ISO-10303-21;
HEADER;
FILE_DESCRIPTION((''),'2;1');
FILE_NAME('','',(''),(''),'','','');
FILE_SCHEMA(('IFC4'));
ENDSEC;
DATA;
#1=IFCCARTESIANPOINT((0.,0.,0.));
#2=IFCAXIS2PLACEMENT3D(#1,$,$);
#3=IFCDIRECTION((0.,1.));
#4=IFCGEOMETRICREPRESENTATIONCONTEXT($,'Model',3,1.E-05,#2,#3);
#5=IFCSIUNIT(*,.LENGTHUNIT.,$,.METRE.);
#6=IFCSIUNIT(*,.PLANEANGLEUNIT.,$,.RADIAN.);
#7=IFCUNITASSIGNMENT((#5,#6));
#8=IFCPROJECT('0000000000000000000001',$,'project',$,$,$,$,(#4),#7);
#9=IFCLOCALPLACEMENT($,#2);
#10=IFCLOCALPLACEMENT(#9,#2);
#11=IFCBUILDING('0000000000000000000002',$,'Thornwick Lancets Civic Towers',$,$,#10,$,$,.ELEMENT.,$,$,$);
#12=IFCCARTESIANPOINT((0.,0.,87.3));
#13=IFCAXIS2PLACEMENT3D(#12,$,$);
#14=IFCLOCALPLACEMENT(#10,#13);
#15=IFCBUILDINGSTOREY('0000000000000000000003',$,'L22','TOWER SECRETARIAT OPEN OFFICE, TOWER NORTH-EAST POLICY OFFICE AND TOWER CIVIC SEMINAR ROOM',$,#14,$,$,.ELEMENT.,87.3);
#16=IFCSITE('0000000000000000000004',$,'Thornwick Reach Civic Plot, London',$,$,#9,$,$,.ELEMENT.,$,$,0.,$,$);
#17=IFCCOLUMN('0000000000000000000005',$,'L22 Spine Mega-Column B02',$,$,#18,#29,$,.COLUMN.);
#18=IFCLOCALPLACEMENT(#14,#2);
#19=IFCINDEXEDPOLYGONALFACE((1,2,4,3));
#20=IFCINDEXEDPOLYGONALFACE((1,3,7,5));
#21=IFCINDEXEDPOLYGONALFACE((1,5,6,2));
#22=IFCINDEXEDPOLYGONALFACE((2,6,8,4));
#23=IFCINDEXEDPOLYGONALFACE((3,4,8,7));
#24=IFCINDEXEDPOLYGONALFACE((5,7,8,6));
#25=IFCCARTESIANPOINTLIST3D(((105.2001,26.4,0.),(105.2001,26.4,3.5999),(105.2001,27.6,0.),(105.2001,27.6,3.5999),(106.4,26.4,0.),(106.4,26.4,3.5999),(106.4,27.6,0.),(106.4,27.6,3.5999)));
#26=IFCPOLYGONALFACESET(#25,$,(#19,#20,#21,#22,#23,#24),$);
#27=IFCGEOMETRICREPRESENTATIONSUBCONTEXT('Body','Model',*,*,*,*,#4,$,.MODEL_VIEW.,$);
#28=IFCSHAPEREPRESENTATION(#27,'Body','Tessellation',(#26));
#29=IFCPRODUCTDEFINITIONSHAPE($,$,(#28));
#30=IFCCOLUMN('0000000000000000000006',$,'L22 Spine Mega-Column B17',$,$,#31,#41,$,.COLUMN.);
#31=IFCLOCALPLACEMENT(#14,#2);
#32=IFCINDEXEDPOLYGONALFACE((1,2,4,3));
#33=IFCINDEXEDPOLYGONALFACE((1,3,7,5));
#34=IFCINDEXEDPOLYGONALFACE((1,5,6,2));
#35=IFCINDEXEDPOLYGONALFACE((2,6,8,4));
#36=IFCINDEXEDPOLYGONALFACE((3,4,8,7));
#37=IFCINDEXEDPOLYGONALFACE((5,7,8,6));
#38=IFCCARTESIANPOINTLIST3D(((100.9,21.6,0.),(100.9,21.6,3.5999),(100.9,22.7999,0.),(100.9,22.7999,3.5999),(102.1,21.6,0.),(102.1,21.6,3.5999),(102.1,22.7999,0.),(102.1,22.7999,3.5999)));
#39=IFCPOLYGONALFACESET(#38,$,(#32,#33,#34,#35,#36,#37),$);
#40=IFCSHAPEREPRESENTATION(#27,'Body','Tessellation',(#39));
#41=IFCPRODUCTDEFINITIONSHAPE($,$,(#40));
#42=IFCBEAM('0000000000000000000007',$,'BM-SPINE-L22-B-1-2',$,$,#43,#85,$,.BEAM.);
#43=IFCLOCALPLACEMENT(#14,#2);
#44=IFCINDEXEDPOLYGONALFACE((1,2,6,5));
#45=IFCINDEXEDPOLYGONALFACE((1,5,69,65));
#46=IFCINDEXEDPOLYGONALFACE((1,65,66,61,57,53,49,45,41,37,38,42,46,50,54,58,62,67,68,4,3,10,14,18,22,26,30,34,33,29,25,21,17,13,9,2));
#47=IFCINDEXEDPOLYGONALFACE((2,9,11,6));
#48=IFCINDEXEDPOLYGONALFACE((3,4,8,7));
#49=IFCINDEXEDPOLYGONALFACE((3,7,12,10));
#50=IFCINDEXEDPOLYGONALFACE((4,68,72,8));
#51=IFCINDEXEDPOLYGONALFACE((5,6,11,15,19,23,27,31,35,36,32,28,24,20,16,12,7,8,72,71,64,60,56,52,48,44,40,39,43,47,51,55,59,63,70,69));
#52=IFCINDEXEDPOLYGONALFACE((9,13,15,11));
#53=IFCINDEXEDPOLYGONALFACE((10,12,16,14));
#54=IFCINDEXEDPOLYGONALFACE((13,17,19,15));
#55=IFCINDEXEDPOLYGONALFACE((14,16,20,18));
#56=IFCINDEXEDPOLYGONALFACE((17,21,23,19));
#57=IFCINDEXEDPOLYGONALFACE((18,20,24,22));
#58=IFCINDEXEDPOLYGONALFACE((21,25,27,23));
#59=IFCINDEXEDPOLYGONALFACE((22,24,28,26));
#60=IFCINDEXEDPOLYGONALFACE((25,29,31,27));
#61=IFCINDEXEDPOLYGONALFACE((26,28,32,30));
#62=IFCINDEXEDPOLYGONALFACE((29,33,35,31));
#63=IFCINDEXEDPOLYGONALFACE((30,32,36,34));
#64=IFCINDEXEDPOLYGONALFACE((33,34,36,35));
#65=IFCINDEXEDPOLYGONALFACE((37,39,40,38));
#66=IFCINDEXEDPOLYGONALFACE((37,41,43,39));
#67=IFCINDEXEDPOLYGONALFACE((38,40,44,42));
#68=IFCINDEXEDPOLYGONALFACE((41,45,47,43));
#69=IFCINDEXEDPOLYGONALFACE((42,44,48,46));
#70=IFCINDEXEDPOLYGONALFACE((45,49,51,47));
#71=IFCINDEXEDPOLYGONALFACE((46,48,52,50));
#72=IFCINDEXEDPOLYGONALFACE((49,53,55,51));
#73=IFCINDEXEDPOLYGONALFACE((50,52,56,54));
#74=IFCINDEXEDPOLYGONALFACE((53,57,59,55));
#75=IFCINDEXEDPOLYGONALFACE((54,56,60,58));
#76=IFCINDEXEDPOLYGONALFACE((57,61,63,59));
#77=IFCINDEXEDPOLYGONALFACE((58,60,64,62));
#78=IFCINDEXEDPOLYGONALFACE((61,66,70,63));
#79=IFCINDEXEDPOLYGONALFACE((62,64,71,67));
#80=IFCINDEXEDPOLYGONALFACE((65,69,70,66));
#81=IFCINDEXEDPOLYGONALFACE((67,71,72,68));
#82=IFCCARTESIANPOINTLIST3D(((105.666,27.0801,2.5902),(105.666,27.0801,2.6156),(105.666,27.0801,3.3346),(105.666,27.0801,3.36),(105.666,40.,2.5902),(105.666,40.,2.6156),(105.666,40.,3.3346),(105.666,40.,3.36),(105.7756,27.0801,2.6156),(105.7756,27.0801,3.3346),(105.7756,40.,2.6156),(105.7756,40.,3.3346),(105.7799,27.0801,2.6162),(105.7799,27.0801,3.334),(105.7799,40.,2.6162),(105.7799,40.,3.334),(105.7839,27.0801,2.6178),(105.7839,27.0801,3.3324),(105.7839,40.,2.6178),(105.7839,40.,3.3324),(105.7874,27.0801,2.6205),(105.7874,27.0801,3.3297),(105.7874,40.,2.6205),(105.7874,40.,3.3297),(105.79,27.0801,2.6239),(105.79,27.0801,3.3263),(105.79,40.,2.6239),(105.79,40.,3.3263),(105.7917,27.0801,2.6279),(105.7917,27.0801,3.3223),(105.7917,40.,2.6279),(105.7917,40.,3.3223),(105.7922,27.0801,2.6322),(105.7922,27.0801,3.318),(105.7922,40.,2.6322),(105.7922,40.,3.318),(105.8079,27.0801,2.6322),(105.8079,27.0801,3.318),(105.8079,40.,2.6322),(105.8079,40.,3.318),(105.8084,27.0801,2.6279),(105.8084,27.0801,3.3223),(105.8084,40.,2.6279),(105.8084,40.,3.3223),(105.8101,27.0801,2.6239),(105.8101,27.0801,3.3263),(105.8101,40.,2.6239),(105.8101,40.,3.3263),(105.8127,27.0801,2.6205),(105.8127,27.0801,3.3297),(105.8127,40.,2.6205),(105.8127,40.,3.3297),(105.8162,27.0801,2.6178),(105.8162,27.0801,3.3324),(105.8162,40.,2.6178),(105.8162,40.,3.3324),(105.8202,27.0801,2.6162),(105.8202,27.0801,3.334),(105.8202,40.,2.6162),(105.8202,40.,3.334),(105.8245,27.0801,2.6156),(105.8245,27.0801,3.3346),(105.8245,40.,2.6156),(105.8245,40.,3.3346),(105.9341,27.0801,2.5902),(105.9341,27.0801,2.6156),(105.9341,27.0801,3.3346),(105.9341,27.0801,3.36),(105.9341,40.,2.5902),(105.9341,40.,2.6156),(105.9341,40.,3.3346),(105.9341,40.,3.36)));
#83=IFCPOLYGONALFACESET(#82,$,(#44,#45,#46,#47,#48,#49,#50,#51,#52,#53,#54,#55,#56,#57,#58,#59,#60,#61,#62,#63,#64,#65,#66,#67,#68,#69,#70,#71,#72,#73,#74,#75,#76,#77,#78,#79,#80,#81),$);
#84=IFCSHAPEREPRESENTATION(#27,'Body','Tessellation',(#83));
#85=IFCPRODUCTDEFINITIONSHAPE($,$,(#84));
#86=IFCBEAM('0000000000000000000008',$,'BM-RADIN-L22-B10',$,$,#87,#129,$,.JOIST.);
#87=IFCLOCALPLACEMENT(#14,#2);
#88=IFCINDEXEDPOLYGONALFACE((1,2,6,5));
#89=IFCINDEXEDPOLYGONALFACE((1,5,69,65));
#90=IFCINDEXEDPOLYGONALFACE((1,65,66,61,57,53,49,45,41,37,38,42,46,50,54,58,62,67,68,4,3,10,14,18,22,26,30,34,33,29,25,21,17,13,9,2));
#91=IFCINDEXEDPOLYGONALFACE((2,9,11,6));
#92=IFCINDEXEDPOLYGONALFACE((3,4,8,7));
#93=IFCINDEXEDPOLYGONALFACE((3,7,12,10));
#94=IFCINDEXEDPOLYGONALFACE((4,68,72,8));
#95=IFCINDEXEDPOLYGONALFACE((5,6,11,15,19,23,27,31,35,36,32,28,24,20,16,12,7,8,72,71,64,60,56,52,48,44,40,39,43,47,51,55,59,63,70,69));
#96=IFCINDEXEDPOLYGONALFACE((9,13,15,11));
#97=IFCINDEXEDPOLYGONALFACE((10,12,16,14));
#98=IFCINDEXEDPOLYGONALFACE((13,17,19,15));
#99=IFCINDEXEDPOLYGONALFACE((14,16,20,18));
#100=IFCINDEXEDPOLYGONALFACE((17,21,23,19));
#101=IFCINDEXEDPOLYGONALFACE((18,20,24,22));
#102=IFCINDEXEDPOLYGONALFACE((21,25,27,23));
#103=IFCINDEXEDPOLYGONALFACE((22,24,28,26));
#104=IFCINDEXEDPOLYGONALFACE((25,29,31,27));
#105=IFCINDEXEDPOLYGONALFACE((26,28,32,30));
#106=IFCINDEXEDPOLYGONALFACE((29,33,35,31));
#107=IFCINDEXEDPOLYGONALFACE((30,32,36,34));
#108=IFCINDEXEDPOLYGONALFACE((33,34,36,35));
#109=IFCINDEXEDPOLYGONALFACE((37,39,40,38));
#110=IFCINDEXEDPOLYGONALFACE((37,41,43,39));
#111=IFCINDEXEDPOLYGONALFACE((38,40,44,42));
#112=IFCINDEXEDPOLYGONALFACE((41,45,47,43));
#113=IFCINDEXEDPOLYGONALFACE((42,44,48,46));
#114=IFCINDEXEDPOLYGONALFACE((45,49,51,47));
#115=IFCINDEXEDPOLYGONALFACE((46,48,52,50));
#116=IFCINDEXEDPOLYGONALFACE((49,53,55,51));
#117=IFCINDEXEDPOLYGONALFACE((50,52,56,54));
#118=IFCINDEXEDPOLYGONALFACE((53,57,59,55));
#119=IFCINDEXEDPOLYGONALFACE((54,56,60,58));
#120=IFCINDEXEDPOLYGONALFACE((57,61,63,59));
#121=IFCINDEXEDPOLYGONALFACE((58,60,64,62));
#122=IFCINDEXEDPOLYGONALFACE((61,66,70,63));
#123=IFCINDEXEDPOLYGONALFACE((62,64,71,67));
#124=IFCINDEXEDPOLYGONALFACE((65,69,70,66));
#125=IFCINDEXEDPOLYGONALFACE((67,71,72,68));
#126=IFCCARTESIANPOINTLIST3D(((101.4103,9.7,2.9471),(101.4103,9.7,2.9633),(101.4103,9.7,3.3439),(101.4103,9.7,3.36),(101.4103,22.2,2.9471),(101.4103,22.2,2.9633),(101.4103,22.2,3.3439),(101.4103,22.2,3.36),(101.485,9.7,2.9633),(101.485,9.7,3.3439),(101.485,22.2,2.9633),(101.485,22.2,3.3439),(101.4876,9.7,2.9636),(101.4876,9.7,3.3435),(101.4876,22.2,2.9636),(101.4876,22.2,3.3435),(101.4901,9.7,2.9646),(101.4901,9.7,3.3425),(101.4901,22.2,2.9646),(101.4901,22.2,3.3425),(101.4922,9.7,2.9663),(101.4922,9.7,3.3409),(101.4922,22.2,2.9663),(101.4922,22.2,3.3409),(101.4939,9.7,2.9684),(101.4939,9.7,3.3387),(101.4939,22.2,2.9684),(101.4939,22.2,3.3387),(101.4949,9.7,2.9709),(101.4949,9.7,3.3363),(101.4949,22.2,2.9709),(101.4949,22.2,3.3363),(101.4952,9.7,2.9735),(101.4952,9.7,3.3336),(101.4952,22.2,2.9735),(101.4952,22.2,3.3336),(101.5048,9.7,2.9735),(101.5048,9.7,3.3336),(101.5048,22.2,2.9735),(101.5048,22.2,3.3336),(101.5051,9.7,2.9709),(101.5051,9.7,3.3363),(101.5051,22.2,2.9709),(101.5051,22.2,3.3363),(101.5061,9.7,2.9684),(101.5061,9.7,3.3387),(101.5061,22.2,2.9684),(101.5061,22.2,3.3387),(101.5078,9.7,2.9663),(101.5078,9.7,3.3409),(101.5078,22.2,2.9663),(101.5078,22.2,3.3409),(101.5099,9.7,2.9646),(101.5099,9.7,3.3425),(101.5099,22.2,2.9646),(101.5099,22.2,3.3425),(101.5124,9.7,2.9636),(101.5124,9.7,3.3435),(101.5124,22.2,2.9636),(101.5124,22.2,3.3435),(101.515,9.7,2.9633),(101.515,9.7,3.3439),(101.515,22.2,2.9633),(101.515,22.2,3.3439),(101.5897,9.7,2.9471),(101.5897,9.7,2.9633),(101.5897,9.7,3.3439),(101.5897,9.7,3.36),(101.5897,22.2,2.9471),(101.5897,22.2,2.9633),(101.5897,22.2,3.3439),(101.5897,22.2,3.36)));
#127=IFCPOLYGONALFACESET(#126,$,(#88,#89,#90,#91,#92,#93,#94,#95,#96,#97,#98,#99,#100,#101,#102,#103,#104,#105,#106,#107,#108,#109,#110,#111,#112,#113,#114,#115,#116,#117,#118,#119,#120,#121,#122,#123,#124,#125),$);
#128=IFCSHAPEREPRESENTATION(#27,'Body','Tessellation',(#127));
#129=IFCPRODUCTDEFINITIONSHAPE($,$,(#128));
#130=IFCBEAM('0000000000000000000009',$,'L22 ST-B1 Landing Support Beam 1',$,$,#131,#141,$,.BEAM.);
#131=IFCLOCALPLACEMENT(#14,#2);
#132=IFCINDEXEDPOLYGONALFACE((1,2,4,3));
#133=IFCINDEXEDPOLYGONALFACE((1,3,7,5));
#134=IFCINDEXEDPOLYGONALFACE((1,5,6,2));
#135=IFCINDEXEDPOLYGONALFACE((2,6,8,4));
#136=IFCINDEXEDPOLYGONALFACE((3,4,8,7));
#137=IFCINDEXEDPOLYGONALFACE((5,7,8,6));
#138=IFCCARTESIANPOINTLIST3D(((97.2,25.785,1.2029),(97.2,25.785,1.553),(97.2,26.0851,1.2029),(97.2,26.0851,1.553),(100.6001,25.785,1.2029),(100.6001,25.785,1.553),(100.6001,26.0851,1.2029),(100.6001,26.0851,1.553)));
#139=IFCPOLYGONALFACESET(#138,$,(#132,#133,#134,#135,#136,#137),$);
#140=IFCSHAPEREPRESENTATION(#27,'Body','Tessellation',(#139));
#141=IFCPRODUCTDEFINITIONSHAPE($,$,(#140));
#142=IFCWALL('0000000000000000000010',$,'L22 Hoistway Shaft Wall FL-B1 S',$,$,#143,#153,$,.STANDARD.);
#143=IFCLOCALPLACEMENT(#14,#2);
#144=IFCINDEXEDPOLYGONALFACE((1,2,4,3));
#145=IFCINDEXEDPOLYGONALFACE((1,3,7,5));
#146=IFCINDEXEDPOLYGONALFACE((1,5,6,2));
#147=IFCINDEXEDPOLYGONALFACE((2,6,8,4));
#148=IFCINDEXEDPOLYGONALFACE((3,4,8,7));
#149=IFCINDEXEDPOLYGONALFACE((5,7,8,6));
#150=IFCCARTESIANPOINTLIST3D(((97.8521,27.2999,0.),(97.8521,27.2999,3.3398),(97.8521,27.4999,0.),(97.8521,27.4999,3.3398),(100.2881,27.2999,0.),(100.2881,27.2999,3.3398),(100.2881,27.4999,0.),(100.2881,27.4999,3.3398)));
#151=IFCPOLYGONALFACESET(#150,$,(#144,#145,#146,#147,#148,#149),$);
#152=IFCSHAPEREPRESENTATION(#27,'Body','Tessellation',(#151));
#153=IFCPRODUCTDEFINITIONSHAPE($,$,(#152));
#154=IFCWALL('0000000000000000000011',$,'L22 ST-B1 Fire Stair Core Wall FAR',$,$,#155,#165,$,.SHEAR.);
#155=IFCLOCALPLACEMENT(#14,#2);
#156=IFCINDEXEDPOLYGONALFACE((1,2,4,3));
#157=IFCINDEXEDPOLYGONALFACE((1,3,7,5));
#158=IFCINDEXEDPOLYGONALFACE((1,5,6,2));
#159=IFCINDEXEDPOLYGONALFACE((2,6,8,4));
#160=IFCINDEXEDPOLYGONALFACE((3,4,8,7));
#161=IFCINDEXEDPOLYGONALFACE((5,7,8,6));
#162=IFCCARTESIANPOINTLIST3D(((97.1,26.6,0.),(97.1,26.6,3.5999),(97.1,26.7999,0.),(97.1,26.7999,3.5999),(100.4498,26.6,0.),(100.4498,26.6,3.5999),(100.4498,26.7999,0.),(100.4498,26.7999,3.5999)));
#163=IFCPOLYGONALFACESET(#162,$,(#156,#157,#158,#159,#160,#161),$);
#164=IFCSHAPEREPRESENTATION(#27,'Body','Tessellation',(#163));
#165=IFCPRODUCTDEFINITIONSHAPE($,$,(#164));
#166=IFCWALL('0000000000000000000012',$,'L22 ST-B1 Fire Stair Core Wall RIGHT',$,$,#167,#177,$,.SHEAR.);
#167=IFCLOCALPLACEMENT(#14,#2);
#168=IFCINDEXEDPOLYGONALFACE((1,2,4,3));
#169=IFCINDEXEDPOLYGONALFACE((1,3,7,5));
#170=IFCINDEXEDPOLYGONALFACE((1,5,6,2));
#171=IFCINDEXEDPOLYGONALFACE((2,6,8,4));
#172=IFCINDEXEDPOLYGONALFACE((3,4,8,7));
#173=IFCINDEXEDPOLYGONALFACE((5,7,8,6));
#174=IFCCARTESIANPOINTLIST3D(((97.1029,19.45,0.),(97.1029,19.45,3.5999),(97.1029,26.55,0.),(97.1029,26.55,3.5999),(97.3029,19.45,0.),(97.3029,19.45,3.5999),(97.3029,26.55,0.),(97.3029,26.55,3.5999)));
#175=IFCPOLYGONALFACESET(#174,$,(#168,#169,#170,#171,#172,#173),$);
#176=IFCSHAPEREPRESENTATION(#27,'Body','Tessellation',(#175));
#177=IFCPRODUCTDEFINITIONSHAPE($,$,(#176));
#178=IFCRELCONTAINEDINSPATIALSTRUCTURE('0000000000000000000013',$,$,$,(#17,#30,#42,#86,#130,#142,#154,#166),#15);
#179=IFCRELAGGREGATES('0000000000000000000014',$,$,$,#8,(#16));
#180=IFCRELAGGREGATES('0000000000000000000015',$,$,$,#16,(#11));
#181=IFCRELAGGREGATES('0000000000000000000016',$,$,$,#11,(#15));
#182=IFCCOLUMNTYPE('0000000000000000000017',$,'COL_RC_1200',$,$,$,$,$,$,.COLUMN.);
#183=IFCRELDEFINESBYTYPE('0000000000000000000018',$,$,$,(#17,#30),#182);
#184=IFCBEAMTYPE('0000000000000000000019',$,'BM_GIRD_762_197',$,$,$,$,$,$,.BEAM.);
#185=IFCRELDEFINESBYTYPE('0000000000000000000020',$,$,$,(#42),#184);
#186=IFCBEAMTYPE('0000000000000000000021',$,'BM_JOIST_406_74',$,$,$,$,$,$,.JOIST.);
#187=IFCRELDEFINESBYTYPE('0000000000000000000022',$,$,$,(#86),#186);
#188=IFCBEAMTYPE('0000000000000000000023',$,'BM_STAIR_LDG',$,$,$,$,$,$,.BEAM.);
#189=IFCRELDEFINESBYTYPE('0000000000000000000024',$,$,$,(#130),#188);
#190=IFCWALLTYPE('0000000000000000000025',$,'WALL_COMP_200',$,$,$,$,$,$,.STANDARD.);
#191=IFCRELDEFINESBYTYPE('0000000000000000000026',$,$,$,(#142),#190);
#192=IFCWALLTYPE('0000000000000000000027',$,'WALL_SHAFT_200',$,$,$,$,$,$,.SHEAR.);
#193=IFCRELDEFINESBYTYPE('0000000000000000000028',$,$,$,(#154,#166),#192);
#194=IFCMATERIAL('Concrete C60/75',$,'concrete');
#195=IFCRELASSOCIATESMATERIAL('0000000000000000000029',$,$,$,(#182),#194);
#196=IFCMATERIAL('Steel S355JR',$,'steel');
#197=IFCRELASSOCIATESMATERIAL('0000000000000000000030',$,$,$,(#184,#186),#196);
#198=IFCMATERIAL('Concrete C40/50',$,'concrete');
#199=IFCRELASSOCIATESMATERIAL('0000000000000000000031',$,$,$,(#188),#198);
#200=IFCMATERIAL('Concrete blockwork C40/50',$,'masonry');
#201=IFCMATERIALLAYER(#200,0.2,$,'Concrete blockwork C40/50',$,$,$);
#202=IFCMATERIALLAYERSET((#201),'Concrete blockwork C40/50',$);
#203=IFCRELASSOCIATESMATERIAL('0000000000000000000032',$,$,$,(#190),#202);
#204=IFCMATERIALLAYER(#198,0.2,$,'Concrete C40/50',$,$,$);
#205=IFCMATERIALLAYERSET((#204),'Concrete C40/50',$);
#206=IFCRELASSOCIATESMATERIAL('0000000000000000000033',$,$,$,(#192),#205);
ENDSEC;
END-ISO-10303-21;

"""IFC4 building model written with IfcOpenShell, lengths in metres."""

from ifc_helpers import new_model, si_unit, direction, frame, frame_2d, origin, origin_2d, place, context, subcontext, project, spatial, rectangle, i_section, extrude, material, layer, layer_set, material_profile, profile_set, type_object, element, save


model = new_model("IFC4")

# Units and contexts
model_context = context("Model", 3, precision=1e-05, world=origin(), true_north=direction((0.0, 1.0)))
body_context = subcontext(model_context, "Body", "Model", "MODEL_VIEW")
ifc_project = project(units=[si_unit("LENGTHUNIT", "METRE"), si_unit("PLANEANGLEUNIT", "RADIAN")], contexts=[model_context])

# Site, building, storey
site_placement = place(None, origin())
site = spatial("IfcSite", under=ifc_project, at=site_placement, Name="Thornwick Reach Civic Plot, London", CompositionType="ELEMENT", RefElevation=0.0)
building_placement = place(site_placement, origin())
building = spatial("IfcBuilding", under=site, at=building_placement, Name="Thornwick Lancets Civic Towers", CompositionType="ELEMENT")
storey_placement = place(building_placement, frame((0.0, 0.0, 87.3)))
storey = spatial("IfcBuildingStorey", under=building, at=storey_placement, Name="L22", Description="TOWER SECRETARIAT OPEN OFFICE, TOWER NORTH-EAST POLICY OFFICE AND TOWER CIVIC SEMINAR ROOM", CompositionType="ELEMENT", Elevation=87.3)

# Columns
ifc_material_1 = material(Name="Concrete C60/75", Category="concrete")
ifc_material_profile_1 = material_profile(ifc_material_1, rectangle(XDim=1.2, YDim=1.2, at=origin_2d()), Name="RC 1200x1200")
ifc_profile_set_1 = profile_set([ifc_material_profile_1], Name="Concrete C60/75")
column_type = type_object("IfcColumnType", Name="COL_RC_1200", PredefinedType="COLUMN", material=ifc_profile_set_1)
for number, where, z_axis, x_axis, name in (
    (1, (105.8, 27.0, 0.0), (0.0, 0.0, 1.0), (1.0, 0.0, 0.0), "L22 Spine Mega-Column B02"),
    (2, (101.5, 22.2, 0.0), (0.0, 0.0, 1.0), (1.0, 0.0, 0.0), "L22 Spine Mega-Column B17"),
):
    element("IfcColumn", number, at=place(storey_placement, frame(where, z_axis=z_axis, x_axis=x_axis)), inside=storey, type_object=column_type, Name=name, PredefinedType="COLUMN", context=body_context, shape_type="SweptSolid", body=[
        extrude(rectangle(XDim=1.2, YDim=1.2, at=origin_2d()), origin(), (0.0, 0.0, 1.0), 3.5999),
    ])

# Beams
ifc_material_2 = material(Name="Steel S355JR", Category="steel")
ifc_material_profile_2 = material_profile(ifc_material_2, i_section(OverallWidth=0.2681, OverallDepth=0.7698, WebThickness=0.0156, FlangeThickness=0.0254, FilletRadius=0.0166, at=origin_2d()), Name="UKB 762x267x197")
ifc_profile_set_2 = profile_set([ifc_material_profile_2], Name="Steel S355JR")
beam_type_1 = type_object("IfcBeamType", Name="BM_GIRD_762_197", PredefinedType="BEAM", material=ifc_profile_set_2)
beam_1_placement = place(storey_placement, frame((105.8, 27.0801, 2.9751), z_axis=(0.0, 1.0, 0.0), x_axis=(-1.0, 0.0, 0.0)))
element("IfcBeam", 3, at=beam_1_placement, inside=storey, type_object=beam_type_1, Name="BM-SPINE-L22-B-1-2", PredefinedType="BEAM", context=body_context, shape_type="SweptSolid", body=[
    extrude(i_section(OverallWidth=0.2681, OverallDepth=0.7698, WebThickness=0.0156, FlangeThickness=0.0254, FilletRadius=0.0166, at=origin_2d()), origin(), (0.0, 0.0, 1.0), 12.9199),
])
ifc_material_profile_3 = material_profile(ifc_material_2, i_section(OverallWidth=0.1794, OverallDepth=0.4128, WebThickness=0.0095, FlangeThickness=0.0161, FilletRadius=0.0103, at=origin_2d()), Name="UKB 406x178x74")
ifc_profile_set_3 = profile_set([ifc_material_profile_3], Name="Steel S355JR")
beam_type_2 = type_object("IfcBeamType", Name="BM_JOIST_406_74", PredefinedType="JOIST", material=ifc_profile_set_3)
beam_2_placement = place(storey_placement, frame((101.5, 22.2, 3.1536), z_axis=(0.0, -1.0, 0.0), x_axis=(1.0, 0.0, 0.0)))
element("IfcBeam", 4, at=beam_2_placement, inside=storey, type_object=beam_type_2, Name="BM-RADIN-L22-B10", PredefinedType="JOIST", context=body_context, shape_type="SweptSolid", body=[
    extrude(i_section(OverallWidth=0.1794, OverallDepth=0.4128, WebThickness=0.0095, FlangeThickness=0.0161, FilletRadius=0.0103, at=origin_2d()), origin(), (0.0, 0.0, 1.0), 12.5),
])
ifc_material_3 = material(Name="Concrete C40/50", Category="concrete")
ifc_material_profile_4 = material_profile(ifc_material_3, rectangle(XDim=0.3, YDim=0.3501, at=origin_2d()), Name="RC 300x350")
ifc_profile_set_4 = profile_set([ifc_material_profile_4], Name="Concrete C40/50")
beam_type_3 = type_object("IfcBeamType", Name="BM_STAIR_LDG", PredefinedType="BEAM", material=ifc_profile_set_4)
beam_3_placement = place(storey_placement, frame((100.6001, 25.9351, 1.3779), z_axis=(-1.0, 0.0, 0.0), x_axis=(0.0, -1.0, 0.0)))
element("IfcBeam", 5, at=beam_3_placement, inside=storey, type_object=beam_type_3, Name="L22 ST-B1 Landing Support Beam 1", PredefinedType="BEAM", context=body_context, shape_type="SweptSolid", body=[
    extrude(rectangle(XDim=0.3, YDim=0.3501, at=origin_2d()), origin(), (0.0, 0.0, 1.0), 3.4001),
])

# Walls
ifc_material_4 = material(Name="Concrete blockwork C40/50", Category="masonry")
ifc_layer_1 = layer(ifc_material_4, 0.2, Name="Concrete blockwork C40/50")
ifc_layer_set_1 = layer_set([ifc_layer_1], Name="Concrete blockwork C40/50")
wall_type_1 = type_object("IfcWallType", Name="WALL_COMP_200", PredefinedType="STANDARD", material=ifc_layer_set_1)
wall_1_placement = place(storey_placement, frame((97.8521, 27.3999, 0.0), z_axis=(0.0, 0.0, 1.0), x_axis=(1.0, 0.0, 0.0)))
element("IfcWall", 6, at=wall_1_placement, inside=storey, type_object=wall_type_1, Name="L22 Hoistway Shaft Wall FL-B1 S", PredefinedType="STANDARD", context=body_context, shape_type="SweptSolid", body=[
    extrude(rectangle(XDim=2.436, YDim=0.2, at=frame_2d((1.218, 0.0))), origin(), (0.0, 0.0, 1.0), 3.3398),
])
ifc_layer_2 = layer(ifc_material_3, 0.2, Name="Concrete C40/50")
ifc_layer_set_2 = layer_set([ifc_layer_2], Name="Concrete C40/50")
wall_type_2 = type_object("IfcWallType", Name="WALL_SHAFT_200", PredefinedType="SHEAR", material=ifc_layer_set_2)
wall_2_placement = place(storey_placement, frame((97.1001, 26.7, 0.0), z_axis=(0.0, 0.0, 1.0), x_axis=(1.0, 0.0, 0.0)))
element("IfcWall", 7, at=wall_2_placement, inside=storey, type_object=wall_type_2, Name="L22 ST-B1 Fire Stair Core Wall FAR", PredefinedType="SHEAR", context=body_context, shape_type="SweptSolid", body=[
    extrude(rectangle(XDim=3.3499, YDim=0.2, at=frame_2d((1.6748, 0.0))), origin(), (0.0, 0.0, 1.0), 3.5999),
])
wall_3_placement = place(storey_placement, frame((97.2029, 26.55, 0.0), z_axis=(0.0, 0.0, 1.0), x_axis=(0.0, -1.0, 0.0)))
element("IfcWall", 8, at=wall_3_placement, inside=storey, type_object=wall_type_2, Name="L22 ST-B1 Fire Stair Core Wall RIGHT", PredefinedType="SHEAR", context=body_context, shape_type="SweptSolid", body=[
    extrude(rectangle(XDim=7.1001, YDim=0.2, at=frame_2d((3.55, 0.0))), origin(), (0.0, 0.0, 1.0), 3.5999),
])

save(model, "model.ifc")
